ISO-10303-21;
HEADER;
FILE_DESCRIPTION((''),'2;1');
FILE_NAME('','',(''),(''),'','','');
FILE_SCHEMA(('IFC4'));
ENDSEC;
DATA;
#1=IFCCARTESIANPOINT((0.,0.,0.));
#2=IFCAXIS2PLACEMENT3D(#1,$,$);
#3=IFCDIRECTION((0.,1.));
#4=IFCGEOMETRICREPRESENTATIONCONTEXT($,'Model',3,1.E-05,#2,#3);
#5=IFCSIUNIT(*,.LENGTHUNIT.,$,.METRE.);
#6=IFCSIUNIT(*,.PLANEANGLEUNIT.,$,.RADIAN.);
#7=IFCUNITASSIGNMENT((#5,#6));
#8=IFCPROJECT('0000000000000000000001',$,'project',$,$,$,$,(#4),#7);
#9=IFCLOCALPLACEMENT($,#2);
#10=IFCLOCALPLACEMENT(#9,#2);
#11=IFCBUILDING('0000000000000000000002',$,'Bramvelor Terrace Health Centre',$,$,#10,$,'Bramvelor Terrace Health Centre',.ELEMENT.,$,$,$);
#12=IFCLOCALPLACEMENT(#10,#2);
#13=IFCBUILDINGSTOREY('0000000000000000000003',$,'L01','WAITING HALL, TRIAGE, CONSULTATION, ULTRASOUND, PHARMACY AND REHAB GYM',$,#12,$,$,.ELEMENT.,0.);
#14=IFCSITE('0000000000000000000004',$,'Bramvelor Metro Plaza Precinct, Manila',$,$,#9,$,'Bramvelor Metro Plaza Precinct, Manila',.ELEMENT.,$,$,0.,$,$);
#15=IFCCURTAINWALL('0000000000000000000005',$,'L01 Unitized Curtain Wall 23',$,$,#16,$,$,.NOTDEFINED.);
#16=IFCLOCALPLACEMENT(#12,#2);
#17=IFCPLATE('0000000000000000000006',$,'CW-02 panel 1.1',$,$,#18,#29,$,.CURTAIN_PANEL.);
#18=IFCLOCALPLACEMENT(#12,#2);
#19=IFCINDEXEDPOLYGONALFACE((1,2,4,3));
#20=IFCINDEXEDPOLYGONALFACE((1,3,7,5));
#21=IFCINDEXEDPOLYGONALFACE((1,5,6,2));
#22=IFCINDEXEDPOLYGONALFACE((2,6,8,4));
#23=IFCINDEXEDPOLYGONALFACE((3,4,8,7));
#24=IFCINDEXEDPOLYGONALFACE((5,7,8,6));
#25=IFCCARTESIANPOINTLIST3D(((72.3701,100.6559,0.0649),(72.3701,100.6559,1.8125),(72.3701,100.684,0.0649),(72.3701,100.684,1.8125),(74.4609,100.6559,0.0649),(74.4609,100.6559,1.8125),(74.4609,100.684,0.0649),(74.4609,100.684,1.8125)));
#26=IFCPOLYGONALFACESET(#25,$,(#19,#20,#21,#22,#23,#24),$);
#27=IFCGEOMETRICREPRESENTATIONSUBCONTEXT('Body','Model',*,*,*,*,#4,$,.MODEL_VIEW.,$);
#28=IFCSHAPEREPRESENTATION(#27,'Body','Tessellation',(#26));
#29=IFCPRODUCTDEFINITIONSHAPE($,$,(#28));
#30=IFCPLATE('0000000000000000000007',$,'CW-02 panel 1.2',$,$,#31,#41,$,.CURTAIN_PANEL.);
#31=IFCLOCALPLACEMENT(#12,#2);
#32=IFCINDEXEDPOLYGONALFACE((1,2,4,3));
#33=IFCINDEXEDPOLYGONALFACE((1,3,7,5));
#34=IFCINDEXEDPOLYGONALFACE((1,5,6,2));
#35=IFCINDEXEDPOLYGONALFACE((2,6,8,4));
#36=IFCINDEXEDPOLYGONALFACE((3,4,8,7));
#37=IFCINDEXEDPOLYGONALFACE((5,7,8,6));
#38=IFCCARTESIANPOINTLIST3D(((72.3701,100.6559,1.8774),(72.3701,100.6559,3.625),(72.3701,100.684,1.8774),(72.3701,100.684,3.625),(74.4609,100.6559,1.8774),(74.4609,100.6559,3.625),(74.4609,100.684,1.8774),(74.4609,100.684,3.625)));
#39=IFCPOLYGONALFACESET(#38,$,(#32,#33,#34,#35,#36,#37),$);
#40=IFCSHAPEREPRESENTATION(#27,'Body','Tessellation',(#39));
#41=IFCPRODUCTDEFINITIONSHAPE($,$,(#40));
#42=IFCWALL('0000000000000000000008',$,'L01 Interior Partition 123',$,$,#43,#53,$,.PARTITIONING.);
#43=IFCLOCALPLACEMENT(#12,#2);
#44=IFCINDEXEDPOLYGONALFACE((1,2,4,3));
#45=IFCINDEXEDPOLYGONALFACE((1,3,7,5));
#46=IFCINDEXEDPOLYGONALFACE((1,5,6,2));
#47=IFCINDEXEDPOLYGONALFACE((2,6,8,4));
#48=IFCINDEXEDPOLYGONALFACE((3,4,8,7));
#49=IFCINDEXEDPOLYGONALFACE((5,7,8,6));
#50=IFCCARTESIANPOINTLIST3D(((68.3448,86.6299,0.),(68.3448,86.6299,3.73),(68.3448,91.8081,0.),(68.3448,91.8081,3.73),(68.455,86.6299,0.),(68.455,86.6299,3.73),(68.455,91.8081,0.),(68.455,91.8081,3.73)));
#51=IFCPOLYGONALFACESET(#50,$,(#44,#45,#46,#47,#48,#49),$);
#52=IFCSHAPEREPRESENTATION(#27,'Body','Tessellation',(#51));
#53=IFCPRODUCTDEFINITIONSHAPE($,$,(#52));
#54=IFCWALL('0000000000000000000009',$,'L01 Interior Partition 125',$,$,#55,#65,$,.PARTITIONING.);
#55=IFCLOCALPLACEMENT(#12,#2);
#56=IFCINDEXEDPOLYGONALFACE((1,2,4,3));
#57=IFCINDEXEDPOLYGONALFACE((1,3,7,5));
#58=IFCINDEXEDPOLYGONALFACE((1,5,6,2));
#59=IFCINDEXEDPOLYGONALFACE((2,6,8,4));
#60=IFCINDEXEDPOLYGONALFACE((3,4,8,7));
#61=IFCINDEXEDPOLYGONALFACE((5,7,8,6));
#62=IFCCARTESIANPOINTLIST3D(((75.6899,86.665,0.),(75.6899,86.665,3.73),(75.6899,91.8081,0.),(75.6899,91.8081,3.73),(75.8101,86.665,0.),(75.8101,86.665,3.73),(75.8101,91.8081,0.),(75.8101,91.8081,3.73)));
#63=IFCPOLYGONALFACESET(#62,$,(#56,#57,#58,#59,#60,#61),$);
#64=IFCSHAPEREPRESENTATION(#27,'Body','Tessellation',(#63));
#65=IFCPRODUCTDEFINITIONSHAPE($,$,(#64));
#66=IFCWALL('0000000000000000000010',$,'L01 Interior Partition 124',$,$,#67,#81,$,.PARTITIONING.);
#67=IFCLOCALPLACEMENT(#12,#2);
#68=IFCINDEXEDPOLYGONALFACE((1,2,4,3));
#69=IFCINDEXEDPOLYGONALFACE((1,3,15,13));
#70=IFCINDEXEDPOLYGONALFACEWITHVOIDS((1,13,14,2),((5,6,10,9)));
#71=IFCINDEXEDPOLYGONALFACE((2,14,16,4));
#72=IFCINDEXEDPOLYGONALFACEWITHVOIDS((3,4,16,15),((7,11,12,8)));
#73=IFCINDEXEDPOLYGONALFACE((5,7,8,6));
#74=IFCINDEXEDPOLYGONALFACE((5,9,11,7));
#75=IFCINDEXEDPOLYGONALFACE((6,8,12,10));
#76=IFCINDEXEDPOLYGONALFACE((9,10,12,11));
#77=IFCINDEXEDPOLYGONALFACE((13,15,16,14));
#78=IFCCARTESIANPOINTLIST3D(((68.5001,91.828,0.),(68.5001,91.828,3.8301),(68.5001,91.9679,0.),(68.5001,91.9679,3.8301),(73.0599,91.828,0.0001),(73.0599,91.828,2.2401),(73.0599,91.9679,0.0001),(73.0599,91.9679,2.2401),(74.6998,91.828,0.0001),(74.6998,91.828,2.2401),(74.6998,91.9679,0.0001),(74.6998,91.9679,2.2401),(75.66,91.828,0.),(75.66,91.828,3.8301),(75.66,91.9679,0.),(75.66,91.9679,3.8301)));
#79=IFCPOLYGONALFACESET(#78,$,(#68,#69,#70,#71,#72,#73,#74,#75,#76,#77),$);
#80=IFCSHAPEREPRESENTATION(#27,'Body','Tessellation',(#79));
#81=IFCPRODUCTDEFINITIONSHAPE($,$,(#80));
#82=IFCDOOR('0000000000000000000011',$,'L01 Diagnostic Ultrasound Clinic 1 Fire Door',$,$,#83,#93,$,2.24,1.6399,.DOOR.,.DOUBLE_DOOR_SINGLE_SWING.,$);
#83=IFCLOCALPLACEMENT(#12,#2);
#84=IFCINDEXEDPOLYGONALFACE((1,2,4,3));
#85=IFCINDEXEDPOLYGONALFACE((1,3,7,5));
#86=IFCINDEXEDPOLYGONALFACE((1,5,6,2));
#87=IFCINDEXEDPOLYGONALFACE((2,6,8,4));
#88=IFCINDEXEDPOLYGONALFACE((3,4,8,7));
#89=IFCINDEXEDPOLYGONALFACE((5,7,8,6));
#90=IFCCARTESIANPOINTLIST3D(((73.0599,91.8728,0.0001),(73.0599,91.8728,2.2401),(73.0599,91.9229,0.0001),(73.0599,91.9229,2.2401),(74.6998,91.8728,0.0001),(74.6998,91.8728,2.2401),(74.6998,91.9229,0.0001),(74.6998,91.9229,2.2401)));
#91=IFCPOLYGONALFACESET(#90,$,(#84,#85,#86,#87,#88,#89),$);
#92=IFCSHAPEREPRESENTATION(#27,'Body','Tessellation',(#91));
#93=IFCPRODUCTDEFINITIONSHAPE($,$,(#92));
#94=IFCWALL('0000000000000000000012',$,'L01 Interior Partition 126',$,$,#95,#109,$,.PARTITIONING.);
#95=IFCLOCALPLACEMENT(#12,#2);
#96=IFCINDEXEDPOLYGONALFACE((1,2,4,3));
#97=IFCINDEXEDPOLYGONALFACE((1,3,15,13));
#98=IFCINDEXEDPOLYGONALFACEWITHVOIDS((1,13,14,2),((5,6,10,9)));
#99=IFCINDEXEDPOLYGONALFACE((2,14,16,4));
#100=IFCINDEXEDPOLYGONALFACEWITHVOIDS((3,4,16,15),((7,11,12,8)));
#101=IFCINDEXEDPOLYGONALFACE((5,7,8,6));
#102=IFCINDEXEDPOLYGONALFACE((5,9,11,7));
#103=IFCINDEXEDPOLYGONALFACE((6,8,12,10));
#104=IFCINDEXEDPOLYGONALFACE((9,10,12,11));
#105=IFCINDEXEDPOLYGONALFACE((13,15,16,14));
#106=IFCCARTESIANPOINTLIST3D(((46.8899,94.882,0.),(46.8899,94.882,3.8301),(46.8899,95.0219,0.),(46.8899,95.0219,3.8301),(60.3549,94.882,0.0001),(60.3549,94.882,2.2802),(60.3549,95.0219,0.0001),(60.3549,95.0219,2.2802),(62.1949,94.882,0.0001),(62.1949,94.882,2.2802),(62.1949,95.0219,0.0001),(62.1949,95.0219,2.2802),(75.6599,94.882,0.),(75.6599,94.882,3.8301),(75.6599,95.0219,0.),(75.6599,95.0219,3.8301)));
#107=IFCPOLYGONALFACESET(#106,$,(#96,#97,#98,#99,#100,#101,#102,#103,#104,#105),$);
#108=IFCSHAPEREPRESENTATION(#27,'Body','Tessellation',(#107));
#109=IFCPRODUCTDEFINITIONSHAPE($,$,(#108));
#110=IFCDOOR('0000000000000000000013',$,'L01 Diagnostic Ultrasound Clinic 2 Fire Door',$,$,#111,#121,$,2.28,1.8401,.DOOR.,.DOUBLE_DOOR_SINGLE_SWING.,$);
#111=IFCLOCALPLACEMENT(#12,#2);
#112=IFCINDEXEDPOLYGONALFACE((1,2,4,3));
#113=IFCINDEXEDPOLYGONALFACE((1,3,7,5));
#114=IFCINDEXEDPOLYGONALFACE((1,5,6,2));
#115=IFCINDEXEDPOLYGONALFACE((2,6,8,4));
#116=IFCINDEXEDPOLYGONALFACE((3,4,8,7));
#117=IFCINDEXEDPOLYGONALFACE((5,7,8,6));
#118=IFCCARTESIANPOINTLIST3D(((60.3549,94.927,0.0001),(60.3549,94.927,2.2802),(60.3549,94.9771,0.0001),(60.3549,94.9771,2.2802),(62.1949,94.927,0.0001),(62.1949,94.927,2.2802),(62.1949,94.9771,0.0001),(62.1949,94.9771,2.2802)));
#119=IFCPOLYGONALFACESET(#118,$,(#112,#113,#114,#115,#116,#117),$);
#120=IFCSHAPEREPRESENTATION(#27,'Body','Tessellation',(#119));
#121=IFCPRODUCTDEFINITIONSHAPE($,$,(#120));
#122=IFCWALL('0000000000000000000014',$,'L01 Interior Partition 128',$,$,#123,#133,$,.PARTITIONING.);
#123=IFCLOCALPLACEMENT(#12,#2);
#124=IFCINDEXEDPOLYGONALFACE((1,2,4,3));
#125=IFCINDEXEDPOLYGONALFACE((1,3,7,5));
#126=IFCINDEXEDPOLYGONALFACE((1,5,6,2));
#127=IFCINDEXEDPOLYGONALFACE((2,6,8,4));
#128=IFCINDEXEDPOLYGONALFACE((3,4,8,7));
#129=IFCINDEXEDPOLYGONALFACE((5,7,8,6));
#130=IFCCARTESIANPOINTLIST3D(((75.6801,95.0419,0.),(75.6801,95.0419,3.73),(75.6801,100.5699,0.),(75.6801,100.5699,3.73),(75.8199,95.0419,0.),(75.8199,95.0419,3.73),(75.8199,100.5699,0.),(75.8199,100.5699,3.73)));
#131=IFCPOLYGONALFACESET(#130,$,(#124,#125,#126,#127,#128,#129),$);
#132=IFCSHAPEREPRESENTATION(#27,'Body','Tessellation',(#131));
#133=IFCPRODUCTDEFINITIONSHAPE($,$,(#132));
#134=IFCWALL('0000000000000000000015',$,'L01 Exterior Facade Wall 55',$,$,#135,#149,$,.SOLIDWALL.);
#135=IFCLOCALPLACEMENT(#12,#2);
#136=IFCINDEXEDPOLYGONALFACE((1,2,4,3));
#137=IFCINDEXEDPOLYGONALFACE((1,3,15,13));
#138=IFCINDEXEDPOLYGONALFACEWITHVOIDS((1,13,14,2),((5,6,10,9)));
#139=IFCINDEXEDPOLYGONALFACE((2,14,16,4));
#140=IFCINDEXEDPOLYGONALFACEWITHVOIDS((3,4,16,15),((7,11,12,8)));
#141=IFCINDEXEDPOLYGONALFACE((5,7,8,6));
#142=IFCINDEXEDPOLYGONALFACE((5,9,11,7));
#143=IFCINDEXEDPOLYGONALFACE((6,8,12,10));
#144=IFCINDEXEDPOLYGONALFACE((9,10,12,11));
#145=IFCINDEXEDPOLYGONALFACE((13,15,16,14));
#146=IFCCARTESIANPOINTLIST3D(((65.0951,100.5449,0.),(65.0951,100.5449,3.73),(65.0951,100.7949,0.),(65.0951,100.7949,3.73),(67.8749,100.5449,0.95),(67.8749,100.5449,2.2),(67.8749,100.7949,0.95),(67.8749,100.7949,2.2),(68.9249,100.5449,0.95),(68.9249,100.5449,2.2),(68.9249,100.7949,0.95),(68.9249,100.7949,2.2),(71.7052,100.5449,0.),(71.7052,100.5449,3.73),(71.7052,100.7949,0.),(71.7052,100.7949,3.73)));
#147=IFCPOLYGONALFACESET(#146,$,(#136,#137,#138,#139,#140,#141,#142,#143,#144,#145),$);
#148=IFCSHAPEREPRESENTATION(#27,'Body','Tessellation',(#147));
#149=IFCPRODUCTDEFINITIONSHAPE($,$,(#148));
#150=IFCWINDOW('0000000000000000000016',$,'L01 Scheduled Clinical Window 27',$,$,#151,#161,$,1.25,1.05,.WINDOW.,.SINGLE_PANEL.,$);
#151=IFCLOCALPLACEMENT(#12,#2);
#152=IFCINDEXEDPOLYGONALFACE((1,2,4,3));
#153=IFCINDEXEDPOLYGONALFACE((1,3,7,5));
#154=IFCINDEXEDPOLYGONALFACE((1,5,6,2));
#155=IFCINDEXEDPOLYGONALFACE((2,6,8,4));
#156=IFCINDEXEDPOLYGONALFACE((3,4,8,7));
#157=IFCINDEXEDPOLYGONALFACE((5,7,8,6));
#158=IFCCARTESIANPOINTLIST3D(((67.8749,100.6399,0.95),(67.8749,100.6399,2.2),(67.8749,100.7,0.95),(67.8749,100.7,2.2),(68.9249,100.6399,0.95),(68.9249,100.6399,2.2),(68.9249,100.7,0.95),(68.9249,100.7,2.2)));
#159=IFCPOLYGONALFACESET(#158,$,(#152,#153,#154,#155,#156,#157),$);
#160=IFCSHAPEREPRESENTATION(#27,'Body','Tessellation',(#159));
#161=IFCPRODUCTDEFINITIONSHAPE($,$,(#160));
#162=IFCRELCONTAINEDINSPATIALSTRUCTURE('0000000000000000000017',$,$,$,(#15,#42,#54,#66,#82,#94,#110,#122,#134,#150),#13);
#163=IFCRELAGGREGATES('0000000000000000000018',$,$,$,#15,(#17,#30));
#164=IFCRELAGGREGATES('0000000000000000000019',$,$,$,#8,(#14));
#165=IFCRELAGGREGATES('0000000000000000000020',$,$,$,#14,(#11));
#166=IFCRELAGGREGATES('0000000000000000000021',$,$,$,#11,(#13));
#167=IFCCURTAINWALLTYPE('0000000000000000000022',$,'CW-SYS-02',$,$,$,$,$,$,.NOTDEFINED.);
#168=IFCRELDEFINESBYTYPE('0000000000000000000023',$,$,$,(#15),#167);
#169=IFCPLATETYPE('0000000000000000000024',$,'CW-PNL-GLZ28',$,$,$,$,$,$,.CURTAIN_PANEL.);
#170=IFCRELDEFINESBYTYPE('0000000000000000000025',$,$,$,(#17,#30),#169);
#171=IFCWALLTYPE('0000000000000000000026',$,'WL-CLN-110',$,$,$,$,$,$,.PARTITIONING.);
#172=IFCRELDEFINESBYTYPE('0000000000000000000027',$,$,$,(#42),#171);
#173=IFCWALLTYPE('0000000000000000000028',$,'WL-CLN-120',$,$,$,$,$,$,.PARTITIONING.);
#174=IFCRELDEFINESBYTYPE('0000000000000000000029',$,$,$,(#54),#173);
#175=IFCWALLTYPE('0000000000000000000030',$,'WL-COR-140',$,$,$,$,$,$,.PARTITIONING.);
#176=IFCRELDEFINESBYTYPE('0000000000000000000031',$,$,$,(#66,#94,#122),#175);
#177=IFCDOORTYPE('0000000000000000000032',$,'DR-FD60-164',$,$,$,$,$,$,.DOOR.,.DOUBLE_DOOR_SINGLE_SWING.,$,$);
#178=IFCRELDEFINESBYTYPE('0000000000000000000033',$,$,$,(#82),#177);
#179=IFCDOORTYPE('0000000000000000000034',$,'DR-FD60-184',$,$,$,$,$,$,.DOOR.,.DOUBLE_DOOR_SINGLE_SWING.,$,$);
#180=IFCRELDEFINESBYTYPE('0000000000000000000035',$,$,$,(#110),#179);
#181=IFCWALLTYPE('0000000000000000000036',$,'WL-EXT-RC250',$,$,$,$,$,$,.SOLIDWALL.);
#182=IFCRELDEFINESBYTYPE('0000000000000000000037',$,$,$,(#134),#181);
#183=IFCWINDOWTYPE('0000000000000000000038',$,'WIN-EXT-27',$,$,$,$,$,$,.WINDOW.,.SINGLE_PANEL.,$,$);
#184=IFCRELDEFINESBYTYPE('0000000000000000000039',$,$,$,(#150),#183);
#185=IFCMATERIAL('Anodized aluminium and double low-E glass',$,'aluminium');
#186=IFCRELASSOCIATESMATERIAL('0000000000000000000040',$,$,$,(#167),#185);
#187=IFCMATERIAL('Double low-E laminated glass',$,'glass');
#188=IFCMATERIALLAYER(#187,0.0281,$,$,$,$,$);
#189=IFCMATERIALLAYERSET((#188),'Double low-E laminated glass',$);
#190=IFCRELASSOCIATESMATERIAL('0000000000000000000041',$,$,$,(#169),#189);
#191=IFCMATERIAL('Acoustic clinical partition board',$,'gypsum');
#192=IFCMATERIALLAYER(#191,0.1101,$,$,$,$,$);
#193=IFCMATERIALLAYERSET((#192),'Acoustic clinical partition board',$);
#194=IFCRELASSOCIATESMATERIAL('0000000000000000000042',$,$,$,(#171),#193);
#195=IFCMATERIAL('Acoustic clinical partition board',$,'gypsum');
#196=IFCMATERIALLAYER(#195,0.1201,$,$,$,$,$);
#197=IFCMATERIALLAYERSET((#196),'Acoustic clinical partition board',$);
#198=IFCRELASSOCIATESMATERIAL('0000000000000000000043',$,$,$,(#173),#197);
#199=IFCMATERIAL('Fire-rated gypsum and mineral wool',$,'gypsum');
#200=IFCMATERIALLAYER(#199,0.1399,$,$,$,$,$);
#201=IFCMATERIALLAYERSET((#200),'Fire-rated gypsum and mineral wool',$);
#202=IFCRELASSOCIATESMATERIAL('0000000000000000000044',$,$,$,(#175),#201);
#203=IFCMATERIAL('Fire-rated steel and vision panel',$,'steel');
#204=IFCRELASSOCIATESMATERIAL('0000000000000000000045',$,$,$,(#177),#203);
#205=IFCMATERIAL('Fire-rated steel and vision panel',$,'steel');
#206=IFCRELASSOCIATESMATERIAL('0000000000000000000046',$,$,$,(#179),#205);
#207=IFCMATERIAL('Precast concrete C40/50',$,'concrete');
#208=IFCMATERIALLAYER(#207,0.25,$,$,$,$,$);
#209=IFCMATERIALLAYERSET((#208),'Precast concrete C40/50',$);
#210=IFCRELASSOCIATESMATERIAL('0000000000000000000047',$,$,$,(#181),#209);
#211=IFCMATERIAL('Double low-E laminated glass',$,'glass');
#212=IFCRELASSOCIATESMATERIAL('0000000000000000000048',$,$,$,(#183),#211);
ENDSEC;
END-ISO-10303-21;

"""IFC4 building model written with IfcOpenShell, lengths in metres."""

from ifc_helpers import new_model, si_unit, direction, frame, frame_2d, origin, origin_2d, place, context, subcontext, project, spatial, rectangle, extrude, material, layer, layer_set, type_object, element, fill, aggregate, save


model = new_model("IFC4")

# Units and contexts
model_context = context("Model", 3, precision=1e-05, world=origin(), true_north=direction((0.0, 1.0)))
body_context = subcontext(model_context, "Body", "Model", "MODEL_VIEW")
ifc_project = project(units=[si_unit("LENGTHUNIT", "METRE"), si_unit("PLANEANGLEUNIT", "RADIAN")], contexts=[model_context])

# Site, building, storey
site_placement = place(None, origin())
site = spatial("IfcSite", under=ifc_project, at=site_placement, Name="Bramvelor Metro Plaza Precinct, Manila", LongName="Bramvelor Metro Plaza Precinct, Manila", CompositionType="ELEMENT", RefElevation=0.0)
building_placement = place(site_placement, origin())
building = spatial("IfcBuilding", under=site, at=building_placement, Name="Bramvelor Terrace Health Centre", LongName="Bramvelor Terrace Health Centre", CompositionType="ELEMENT")
storey_placement = place(building_placement, origin())
storey = spatial("IfcBuildingStorey", under=building, at=storey_placement, Name="L01", Description="WAITING HALL, TRIAGE, CONSULTATION, ULTRASOUND, PHARMACY AND REHAB GYM", CompositionType="ELEMENT", Elevation=0.0)

# Curtain wall, plates
ifc_material_1 = material(Name="Anodized aluminium and double low-E glass", Category="aluminium")
curtain_wall_type = type_object("IfcCurtainWallType", Name="CW-SYS-02", PredefinedType="NOTDEFINED", material=ifc_material_1)
curtain_wall_placement = place(storey_placement, origin())
curtain_wall = element("IfcCurtainWall", 1, at=curtain_wall_placement, inside=storey, type_object=curtain_wall_type, Name="L01 Unitized Curtain Wall 23", PredefinedType="NOTDEFINED")
ifc_material_2 = material(Name="Double low-E laminated glass", Category="glass")
ifc_layer_1 = layer(ifc_material_2, 0.0281)
ifc_layer_set_1 = layer_set([ifc_layer_1], Name="Double low-E laminated glass")
plate_type = type_object("IfcPlateType", Name="CW-PNL-GLZ28", PredefinedType="CURTAIN_PANEL", material=ifc_layer_set_1)
plate_1_placement = place(storey_placement, frame((73.4155, 100.6699, 0.0649), z_axis=(0.0, 0.0, 1.0), x_axis=(1.0, 0.0, 0.0)))
plate_1 = element("IfcPlate", 2, at=plate_1_placement, type_object=plate_type, Name="CW-02 panel 1.1", PredefinedType="CURTAIN_PANEL", context=body_context, shape_type="SweptSolid", body=[
    extrude(rectangle(XDim=2.0908, YDim=0.0281, at=origin_2d()), origin(), (0.0, 0.0, 1.0), 1.7476),
])
plate_2_placement = place(storey_placement, frame((73.4155, 100.6699, 1.8774), z_axis=(0.0, 0.0, 1.0), x_axis=(1.0, 0.0, 0.0)))
plate_2 = element("IfcPlate", 3, at=plate_2_placement, type_object=plate_type, Name="CW-02 panel 1.2", PredefinedType="CURTAIN_PANEL", context=body_context, shape_type="SweptSolid", body=[
    extrude(rectangle(XDim=2.0908, YDim=0.0281, at=origin_2d()), origin(), (0.0, 0.0, 1.0), 1.7476),
])
aggregate(curtain_wall, [plate_1, plate_2])

# Walls
ifc_material_3 = material(Name="Acoustic clinical partition board", Category="gypsum")
ifc_layer_2 = layer(ifc_material_3, 0.1101)
ifc_layer_set_2 = layer_set([ifc_layer_2], Name="Acoustic clinical partition board")
wall_type_1 = type_object("IfcWallType", Name="WL-CLN-110", PredefinedType="PARTITIONING", material=ifc_layer_set_2)
wall_1_placement = place(storey_placement, frame((68.3999, 91.8081, 0.0), z_axis=(0.0, 0.0, 1.0), x_axis=(0.0, -1.0, 0.0)))
element("IfcWall", 4, at=wall_1_placement, inside=storey, type_object=wall_type_1, Name="L01 Interior Partition 123", PredefinedType="PARTITIONING", context=body_context, shape_type="SweptSolid", body=[
    extrude(rectangle(XDim=5.1782, YDim=0.1101, at=frame_2d((2.5891, 0.0))), origin(), (0.0, 0.0, 1.0), 3.73),
])
ifc_material_4 = material(Name="Acoustic clinical partition board", Category="gypsum")
ifc_layer_3 = layer(ifc_material_4, 0.1201)
ifc_layer_set_3 = layer_set([ifc_layer_3], Name="Acoustic clinical partition board")
wall_type_2 = type_object("IfcWallType", Name="WL-CLN-120", PredefinedType="PARTITIONING", material=ifc_layer_set_3)
wall_2_placement = place(storey_placement, frame((75.75, 91.8081, 0.0), z_axis=(0.0, 0.0, 1.0), x_axis=(0.0, -1.0, 0.0)))
element("IfcWall", 5, at=wall_2_placement, inside=storey, type_object=wall_type_2, Name="L01 Interior Partition 125", PredefinedType="PARTITIONING", context=body_context, shape_type="SweptSolid", body=[
    extrude(rectangle(XDim=5.1431, YDim=0.1201, at=frame_2d((2.5715, 0.0))), origin(), (0.0, 0.0, 1.0), 3.73),
])

# Walls, openings, doors
ifc_material_5 = material(Name="Fire-rated gypsum and mineral wool", Category="gypsum")
ifc_layer_4 = layer(ifc_material_5, 0.1399)
ifc_layer_set_4 = layer_set([ifc_layer_4], Name="Fire-rated gypsum and mineral wool")
wall_type_3 = type_object("IfcWallType", Name="WL-COR-140", PredefinedType="PARTITIONING", material=ifc_layer_set_4)
wall_3_placement = place(storey_placement, frame((68.5, 91.8979, 0.0), z_axis=(0.0, 0.0, 1.0), x_axis=(1.0, 0.0, 0.0)))
wall_3 = element("IfcWall", 6, at=wall_3_placement, inside=storey, type_object=wall_type_3, Name="L01 Interior Partition 124", PredefinedType="PARTITIONING", context=body_context, shape_type="SweptSolid", body=[
    extrude(rectangle(XDim=7.1599, YDim=0.1399, at=frame_2d((3.5801, 0.0))), origin(), (0.0, 0.0, 1.0), 3.8301),
])
opening_1_placement = place(wall_3_placement, frame((4.5601, 0.0, 0.0)))
opening_1 = element("IfcOpeningElement", 7, at=opening_1_placement, cuts=wall_3, PredefinedType="OPENING", context=body_context, shape_type="SweptSolid", body=[
    extrude(rectangle(XDim=1.6399, YDim=2.24, at=frame_2d((0.8198, 1.1201))), frame((0.0, 0.0798, 0.0), z_axis=(0.0, -1.0, 0.0), x_axis=(1.0, 0.0, 0.0)), (0.0, 0.0, 1.0), 0.1599),
])
ifc_material_6 = material(Name="Fire-rated steel and vision panel", Category="steel")
door_type_1 = type_object("IfcDoorType", Name="DR-FD60-164", OperationType="DOUBLE_DOOR_SINGLE_SWING", PredefinedType="DOOR", material=ifc_material_6)
door_1_placement = place(opening_1_placement, origin())
door_1 = element("IfcDoor", 8, at=door_1_placement, inside=storey, type_object=door_type_1, Name="L01 Diagnostic Ultrasound Clinic 1 Fire Door", OperationType="DOUBLE_DOOR_SINGLE_SWING", OverallHeight=2.24, OverallWidth=1.6399, PredefinedType="DOOR", context=body_context, shape_type="SweptSolid", body=[
    extrude(rectangle(XDim=1.6399, YDim=2.24, at=frame_2d((0.8198, 1.1201))), frame((0.0, 0.0249, 0.0), z_axis=(0.0, -1.0, 0.0), x_axis=(1.0, 0.0, 0.0)), (0.0, 0.0, 1.0), 0.05),
])
fill(opening_1, door_1)
wall_4_placement = place(storey_placement, frame((75.6599, 94.9519, 0.0), z_axis=(0.0, 0.0, 1.0), x_axis=(-1.0, 0.0, 0.0)))
wall_4 = element("IfcWall", 9, at=wall_4_placement, inside=storey, type_object=wall_type_3, Name="L01 Interior Partition 126", PredefinedType="PARTITIONING", context=body_context, shape_type="SweptSolid", body=[
    extrude(rectangle(XDim=28.77, YDim=0.1399, at=frame_2d((14.385, 0.0))), origin(), (0.0, 0.0, 1.0), 3.8301),
])
opening_2_placement = place(wall_4_placement, frame((13.4651, 0.0, 0.0)))
opening_2 = element("IfcOpeningElement", 10, at=opening_2_placement, cuts=wall_4, PredefinedType="OPENING", context=body_context, shape_type="SweptSolid", body=[
    extrude(rectangle(XDim=1.8401, YDim=2.28, at=frame_2d((0.9199, 1.1401))), frame((0.0, 0.0798, 0.0), z_axis=(0.0, -1.0, 0.0), x_axis=(1.0, 0.0, 0.0)), (0.0, 0.0, 1.0), 0.1599),
])
ifc_material_7 = material(Name="Fire-rated steel and vision panel", Category="steel")
door_type_2 = type_object("IfcDoorType", Name="DR-FD60-184", OperationType="DOUBLE_DOOR_SINGLE_SWING", PredefinedType="DOOR", material=ifc_material_7)
door_2_placement = place(opening_2_placement, origin())
door_2 = element("IfcDoor", 11, at=door_2_placement, inside=storey, type_object=door_type_2, Name="L01 Diagnostic Ultrasound Clinic 2 Fire Door", OperationType="DOUBLE_DOOR_SINGLE_SWING", OverallHeight=2.28, OverallWidth=1.8401, PredefinedType="DOOR", context=body_context, shape_type="SweptSolid", body=[
    extrude(rectangle(XDim=1.8401, YDim=2.28, at=frame_2d((0.9199, 1.1401))), frame((0.0, 0.0249, 0.0), z_axis=(0.0, -1.0, 0.0), x_axis=(1.0, 0.0, 0.0)), (0.0, 0.0, 1.0), 0.05),
])
fill(opening_2, door_2)

# Wall
wall_5_placement = place(storey_placement, frame((75.75, 100.5701, 0.0), z_axis=(0.0, 0.0, 1.0), x_axis=(0.0, -1.0, 0.0)))
element("IfcWall", 12, at=wall_5_placement, inside=storey, type_object=wall_type_3, Name="L01 Interior Partition 128", PredefinedType="PARTITIONING", context=body_context, shape_type="SweptSolid", body=[
    extrude(rectangle(XDim=5.5281, YDim=0.1399, at=frame_2d((2.7642, 0.0))), origin(), (0.0, 0.0, 1.0), 3.73),
])

# Wall, opening, window
ifc_material_8 = material(Name="Precast concrete C40/50", Category="concrete")
ifc_layer_5 = layer(ifc_material_8, 0.25)
ifc_layer_set_5 = layer_set([ifc_layer_5], Name="Precast concrete C40/50")
wall_type_4 = type_object("IfcWallType", Name="WL-EXT-RC250", PredefinedType="SOLIDWALL", material=ifc_layer_set_5)
wall_6_placement = place(storey_placement, frame((65.095, 100.6699, 0.0), z_axis=(0.0, 0.0, 1.0), x_axis=(1.0, 0.0, 0.0)))
wall_6 = element("IfcWall", 13, at=wall_6_placement, inside=storey, type_object=wall_type_4, Name="L01 Exterior Facade Wall 55", PredefinedType="SOLIDWALL", context=body_context, shape_type="SweptSolid", body=[
    extrude(rectangle(XDim=6.6101, YDim=0.25, at=frame_2d((3.3052, 0.0))), origin(), (0.0, 0.0, 1.0), 3.73),
])
opening_3_placement = place(wall_6_placement, frame((2.78, 0.0, 0.95)))
opening_3 = element("IfcOpeningElement", 14, at=opening_3_placement, cuts=wall_6, PredefinedType="OPENING", context=body_context, shape_type="SweptSolid", body=[
    extrude(rectangle(XDim=1.05, YDim=1.25, at=frame_2d((0.5249, 0.625))), frame((0.0, 0.135, 0.0), z_axis=(0.0, -1.0, 0.0), x_axis=(1.0, 0.0, 0.0)), (0.0, 0.0, 1.0), 0.27),
])
ifc_material_9 = material(Name="Double low-E laminated glass", Category="glass")
window_type_1 = type_object("IfcWindowType", Name="WIN-EXT-27", PartitioningType="SINGLE_PANEL", PredefinedType="WINDOW", material=ifc_material_9)
window_1_placement = place(opening_3_placement, origin())
window_1 = element("IfcWindow", 15, at=window_1_placement, inside=storey, type_object=window_type_1, Name="L01 Scheduled Clinical Window 27", OverallHeight=1.25, OverallWidth=1.05, PartitioningType="SINGLE_PANEL", PredefinedType="WINDOW", context=body_context, shape_type="SweptSolid", body=[
    extrude(rectangle(XDim=1.05, YDim=1.25, at=frame_2d((0.5249, 0.625))), frame((0.0, 0.03, 0.0), z_axis=(0.0, -1.0, 0.0), x_axis=(1.0, 0.0, 0.0)), (0.0, 0.0, 1.0), 0.0601),
])
fill(opening_3, window_1)

save(model, "model.ifc")
